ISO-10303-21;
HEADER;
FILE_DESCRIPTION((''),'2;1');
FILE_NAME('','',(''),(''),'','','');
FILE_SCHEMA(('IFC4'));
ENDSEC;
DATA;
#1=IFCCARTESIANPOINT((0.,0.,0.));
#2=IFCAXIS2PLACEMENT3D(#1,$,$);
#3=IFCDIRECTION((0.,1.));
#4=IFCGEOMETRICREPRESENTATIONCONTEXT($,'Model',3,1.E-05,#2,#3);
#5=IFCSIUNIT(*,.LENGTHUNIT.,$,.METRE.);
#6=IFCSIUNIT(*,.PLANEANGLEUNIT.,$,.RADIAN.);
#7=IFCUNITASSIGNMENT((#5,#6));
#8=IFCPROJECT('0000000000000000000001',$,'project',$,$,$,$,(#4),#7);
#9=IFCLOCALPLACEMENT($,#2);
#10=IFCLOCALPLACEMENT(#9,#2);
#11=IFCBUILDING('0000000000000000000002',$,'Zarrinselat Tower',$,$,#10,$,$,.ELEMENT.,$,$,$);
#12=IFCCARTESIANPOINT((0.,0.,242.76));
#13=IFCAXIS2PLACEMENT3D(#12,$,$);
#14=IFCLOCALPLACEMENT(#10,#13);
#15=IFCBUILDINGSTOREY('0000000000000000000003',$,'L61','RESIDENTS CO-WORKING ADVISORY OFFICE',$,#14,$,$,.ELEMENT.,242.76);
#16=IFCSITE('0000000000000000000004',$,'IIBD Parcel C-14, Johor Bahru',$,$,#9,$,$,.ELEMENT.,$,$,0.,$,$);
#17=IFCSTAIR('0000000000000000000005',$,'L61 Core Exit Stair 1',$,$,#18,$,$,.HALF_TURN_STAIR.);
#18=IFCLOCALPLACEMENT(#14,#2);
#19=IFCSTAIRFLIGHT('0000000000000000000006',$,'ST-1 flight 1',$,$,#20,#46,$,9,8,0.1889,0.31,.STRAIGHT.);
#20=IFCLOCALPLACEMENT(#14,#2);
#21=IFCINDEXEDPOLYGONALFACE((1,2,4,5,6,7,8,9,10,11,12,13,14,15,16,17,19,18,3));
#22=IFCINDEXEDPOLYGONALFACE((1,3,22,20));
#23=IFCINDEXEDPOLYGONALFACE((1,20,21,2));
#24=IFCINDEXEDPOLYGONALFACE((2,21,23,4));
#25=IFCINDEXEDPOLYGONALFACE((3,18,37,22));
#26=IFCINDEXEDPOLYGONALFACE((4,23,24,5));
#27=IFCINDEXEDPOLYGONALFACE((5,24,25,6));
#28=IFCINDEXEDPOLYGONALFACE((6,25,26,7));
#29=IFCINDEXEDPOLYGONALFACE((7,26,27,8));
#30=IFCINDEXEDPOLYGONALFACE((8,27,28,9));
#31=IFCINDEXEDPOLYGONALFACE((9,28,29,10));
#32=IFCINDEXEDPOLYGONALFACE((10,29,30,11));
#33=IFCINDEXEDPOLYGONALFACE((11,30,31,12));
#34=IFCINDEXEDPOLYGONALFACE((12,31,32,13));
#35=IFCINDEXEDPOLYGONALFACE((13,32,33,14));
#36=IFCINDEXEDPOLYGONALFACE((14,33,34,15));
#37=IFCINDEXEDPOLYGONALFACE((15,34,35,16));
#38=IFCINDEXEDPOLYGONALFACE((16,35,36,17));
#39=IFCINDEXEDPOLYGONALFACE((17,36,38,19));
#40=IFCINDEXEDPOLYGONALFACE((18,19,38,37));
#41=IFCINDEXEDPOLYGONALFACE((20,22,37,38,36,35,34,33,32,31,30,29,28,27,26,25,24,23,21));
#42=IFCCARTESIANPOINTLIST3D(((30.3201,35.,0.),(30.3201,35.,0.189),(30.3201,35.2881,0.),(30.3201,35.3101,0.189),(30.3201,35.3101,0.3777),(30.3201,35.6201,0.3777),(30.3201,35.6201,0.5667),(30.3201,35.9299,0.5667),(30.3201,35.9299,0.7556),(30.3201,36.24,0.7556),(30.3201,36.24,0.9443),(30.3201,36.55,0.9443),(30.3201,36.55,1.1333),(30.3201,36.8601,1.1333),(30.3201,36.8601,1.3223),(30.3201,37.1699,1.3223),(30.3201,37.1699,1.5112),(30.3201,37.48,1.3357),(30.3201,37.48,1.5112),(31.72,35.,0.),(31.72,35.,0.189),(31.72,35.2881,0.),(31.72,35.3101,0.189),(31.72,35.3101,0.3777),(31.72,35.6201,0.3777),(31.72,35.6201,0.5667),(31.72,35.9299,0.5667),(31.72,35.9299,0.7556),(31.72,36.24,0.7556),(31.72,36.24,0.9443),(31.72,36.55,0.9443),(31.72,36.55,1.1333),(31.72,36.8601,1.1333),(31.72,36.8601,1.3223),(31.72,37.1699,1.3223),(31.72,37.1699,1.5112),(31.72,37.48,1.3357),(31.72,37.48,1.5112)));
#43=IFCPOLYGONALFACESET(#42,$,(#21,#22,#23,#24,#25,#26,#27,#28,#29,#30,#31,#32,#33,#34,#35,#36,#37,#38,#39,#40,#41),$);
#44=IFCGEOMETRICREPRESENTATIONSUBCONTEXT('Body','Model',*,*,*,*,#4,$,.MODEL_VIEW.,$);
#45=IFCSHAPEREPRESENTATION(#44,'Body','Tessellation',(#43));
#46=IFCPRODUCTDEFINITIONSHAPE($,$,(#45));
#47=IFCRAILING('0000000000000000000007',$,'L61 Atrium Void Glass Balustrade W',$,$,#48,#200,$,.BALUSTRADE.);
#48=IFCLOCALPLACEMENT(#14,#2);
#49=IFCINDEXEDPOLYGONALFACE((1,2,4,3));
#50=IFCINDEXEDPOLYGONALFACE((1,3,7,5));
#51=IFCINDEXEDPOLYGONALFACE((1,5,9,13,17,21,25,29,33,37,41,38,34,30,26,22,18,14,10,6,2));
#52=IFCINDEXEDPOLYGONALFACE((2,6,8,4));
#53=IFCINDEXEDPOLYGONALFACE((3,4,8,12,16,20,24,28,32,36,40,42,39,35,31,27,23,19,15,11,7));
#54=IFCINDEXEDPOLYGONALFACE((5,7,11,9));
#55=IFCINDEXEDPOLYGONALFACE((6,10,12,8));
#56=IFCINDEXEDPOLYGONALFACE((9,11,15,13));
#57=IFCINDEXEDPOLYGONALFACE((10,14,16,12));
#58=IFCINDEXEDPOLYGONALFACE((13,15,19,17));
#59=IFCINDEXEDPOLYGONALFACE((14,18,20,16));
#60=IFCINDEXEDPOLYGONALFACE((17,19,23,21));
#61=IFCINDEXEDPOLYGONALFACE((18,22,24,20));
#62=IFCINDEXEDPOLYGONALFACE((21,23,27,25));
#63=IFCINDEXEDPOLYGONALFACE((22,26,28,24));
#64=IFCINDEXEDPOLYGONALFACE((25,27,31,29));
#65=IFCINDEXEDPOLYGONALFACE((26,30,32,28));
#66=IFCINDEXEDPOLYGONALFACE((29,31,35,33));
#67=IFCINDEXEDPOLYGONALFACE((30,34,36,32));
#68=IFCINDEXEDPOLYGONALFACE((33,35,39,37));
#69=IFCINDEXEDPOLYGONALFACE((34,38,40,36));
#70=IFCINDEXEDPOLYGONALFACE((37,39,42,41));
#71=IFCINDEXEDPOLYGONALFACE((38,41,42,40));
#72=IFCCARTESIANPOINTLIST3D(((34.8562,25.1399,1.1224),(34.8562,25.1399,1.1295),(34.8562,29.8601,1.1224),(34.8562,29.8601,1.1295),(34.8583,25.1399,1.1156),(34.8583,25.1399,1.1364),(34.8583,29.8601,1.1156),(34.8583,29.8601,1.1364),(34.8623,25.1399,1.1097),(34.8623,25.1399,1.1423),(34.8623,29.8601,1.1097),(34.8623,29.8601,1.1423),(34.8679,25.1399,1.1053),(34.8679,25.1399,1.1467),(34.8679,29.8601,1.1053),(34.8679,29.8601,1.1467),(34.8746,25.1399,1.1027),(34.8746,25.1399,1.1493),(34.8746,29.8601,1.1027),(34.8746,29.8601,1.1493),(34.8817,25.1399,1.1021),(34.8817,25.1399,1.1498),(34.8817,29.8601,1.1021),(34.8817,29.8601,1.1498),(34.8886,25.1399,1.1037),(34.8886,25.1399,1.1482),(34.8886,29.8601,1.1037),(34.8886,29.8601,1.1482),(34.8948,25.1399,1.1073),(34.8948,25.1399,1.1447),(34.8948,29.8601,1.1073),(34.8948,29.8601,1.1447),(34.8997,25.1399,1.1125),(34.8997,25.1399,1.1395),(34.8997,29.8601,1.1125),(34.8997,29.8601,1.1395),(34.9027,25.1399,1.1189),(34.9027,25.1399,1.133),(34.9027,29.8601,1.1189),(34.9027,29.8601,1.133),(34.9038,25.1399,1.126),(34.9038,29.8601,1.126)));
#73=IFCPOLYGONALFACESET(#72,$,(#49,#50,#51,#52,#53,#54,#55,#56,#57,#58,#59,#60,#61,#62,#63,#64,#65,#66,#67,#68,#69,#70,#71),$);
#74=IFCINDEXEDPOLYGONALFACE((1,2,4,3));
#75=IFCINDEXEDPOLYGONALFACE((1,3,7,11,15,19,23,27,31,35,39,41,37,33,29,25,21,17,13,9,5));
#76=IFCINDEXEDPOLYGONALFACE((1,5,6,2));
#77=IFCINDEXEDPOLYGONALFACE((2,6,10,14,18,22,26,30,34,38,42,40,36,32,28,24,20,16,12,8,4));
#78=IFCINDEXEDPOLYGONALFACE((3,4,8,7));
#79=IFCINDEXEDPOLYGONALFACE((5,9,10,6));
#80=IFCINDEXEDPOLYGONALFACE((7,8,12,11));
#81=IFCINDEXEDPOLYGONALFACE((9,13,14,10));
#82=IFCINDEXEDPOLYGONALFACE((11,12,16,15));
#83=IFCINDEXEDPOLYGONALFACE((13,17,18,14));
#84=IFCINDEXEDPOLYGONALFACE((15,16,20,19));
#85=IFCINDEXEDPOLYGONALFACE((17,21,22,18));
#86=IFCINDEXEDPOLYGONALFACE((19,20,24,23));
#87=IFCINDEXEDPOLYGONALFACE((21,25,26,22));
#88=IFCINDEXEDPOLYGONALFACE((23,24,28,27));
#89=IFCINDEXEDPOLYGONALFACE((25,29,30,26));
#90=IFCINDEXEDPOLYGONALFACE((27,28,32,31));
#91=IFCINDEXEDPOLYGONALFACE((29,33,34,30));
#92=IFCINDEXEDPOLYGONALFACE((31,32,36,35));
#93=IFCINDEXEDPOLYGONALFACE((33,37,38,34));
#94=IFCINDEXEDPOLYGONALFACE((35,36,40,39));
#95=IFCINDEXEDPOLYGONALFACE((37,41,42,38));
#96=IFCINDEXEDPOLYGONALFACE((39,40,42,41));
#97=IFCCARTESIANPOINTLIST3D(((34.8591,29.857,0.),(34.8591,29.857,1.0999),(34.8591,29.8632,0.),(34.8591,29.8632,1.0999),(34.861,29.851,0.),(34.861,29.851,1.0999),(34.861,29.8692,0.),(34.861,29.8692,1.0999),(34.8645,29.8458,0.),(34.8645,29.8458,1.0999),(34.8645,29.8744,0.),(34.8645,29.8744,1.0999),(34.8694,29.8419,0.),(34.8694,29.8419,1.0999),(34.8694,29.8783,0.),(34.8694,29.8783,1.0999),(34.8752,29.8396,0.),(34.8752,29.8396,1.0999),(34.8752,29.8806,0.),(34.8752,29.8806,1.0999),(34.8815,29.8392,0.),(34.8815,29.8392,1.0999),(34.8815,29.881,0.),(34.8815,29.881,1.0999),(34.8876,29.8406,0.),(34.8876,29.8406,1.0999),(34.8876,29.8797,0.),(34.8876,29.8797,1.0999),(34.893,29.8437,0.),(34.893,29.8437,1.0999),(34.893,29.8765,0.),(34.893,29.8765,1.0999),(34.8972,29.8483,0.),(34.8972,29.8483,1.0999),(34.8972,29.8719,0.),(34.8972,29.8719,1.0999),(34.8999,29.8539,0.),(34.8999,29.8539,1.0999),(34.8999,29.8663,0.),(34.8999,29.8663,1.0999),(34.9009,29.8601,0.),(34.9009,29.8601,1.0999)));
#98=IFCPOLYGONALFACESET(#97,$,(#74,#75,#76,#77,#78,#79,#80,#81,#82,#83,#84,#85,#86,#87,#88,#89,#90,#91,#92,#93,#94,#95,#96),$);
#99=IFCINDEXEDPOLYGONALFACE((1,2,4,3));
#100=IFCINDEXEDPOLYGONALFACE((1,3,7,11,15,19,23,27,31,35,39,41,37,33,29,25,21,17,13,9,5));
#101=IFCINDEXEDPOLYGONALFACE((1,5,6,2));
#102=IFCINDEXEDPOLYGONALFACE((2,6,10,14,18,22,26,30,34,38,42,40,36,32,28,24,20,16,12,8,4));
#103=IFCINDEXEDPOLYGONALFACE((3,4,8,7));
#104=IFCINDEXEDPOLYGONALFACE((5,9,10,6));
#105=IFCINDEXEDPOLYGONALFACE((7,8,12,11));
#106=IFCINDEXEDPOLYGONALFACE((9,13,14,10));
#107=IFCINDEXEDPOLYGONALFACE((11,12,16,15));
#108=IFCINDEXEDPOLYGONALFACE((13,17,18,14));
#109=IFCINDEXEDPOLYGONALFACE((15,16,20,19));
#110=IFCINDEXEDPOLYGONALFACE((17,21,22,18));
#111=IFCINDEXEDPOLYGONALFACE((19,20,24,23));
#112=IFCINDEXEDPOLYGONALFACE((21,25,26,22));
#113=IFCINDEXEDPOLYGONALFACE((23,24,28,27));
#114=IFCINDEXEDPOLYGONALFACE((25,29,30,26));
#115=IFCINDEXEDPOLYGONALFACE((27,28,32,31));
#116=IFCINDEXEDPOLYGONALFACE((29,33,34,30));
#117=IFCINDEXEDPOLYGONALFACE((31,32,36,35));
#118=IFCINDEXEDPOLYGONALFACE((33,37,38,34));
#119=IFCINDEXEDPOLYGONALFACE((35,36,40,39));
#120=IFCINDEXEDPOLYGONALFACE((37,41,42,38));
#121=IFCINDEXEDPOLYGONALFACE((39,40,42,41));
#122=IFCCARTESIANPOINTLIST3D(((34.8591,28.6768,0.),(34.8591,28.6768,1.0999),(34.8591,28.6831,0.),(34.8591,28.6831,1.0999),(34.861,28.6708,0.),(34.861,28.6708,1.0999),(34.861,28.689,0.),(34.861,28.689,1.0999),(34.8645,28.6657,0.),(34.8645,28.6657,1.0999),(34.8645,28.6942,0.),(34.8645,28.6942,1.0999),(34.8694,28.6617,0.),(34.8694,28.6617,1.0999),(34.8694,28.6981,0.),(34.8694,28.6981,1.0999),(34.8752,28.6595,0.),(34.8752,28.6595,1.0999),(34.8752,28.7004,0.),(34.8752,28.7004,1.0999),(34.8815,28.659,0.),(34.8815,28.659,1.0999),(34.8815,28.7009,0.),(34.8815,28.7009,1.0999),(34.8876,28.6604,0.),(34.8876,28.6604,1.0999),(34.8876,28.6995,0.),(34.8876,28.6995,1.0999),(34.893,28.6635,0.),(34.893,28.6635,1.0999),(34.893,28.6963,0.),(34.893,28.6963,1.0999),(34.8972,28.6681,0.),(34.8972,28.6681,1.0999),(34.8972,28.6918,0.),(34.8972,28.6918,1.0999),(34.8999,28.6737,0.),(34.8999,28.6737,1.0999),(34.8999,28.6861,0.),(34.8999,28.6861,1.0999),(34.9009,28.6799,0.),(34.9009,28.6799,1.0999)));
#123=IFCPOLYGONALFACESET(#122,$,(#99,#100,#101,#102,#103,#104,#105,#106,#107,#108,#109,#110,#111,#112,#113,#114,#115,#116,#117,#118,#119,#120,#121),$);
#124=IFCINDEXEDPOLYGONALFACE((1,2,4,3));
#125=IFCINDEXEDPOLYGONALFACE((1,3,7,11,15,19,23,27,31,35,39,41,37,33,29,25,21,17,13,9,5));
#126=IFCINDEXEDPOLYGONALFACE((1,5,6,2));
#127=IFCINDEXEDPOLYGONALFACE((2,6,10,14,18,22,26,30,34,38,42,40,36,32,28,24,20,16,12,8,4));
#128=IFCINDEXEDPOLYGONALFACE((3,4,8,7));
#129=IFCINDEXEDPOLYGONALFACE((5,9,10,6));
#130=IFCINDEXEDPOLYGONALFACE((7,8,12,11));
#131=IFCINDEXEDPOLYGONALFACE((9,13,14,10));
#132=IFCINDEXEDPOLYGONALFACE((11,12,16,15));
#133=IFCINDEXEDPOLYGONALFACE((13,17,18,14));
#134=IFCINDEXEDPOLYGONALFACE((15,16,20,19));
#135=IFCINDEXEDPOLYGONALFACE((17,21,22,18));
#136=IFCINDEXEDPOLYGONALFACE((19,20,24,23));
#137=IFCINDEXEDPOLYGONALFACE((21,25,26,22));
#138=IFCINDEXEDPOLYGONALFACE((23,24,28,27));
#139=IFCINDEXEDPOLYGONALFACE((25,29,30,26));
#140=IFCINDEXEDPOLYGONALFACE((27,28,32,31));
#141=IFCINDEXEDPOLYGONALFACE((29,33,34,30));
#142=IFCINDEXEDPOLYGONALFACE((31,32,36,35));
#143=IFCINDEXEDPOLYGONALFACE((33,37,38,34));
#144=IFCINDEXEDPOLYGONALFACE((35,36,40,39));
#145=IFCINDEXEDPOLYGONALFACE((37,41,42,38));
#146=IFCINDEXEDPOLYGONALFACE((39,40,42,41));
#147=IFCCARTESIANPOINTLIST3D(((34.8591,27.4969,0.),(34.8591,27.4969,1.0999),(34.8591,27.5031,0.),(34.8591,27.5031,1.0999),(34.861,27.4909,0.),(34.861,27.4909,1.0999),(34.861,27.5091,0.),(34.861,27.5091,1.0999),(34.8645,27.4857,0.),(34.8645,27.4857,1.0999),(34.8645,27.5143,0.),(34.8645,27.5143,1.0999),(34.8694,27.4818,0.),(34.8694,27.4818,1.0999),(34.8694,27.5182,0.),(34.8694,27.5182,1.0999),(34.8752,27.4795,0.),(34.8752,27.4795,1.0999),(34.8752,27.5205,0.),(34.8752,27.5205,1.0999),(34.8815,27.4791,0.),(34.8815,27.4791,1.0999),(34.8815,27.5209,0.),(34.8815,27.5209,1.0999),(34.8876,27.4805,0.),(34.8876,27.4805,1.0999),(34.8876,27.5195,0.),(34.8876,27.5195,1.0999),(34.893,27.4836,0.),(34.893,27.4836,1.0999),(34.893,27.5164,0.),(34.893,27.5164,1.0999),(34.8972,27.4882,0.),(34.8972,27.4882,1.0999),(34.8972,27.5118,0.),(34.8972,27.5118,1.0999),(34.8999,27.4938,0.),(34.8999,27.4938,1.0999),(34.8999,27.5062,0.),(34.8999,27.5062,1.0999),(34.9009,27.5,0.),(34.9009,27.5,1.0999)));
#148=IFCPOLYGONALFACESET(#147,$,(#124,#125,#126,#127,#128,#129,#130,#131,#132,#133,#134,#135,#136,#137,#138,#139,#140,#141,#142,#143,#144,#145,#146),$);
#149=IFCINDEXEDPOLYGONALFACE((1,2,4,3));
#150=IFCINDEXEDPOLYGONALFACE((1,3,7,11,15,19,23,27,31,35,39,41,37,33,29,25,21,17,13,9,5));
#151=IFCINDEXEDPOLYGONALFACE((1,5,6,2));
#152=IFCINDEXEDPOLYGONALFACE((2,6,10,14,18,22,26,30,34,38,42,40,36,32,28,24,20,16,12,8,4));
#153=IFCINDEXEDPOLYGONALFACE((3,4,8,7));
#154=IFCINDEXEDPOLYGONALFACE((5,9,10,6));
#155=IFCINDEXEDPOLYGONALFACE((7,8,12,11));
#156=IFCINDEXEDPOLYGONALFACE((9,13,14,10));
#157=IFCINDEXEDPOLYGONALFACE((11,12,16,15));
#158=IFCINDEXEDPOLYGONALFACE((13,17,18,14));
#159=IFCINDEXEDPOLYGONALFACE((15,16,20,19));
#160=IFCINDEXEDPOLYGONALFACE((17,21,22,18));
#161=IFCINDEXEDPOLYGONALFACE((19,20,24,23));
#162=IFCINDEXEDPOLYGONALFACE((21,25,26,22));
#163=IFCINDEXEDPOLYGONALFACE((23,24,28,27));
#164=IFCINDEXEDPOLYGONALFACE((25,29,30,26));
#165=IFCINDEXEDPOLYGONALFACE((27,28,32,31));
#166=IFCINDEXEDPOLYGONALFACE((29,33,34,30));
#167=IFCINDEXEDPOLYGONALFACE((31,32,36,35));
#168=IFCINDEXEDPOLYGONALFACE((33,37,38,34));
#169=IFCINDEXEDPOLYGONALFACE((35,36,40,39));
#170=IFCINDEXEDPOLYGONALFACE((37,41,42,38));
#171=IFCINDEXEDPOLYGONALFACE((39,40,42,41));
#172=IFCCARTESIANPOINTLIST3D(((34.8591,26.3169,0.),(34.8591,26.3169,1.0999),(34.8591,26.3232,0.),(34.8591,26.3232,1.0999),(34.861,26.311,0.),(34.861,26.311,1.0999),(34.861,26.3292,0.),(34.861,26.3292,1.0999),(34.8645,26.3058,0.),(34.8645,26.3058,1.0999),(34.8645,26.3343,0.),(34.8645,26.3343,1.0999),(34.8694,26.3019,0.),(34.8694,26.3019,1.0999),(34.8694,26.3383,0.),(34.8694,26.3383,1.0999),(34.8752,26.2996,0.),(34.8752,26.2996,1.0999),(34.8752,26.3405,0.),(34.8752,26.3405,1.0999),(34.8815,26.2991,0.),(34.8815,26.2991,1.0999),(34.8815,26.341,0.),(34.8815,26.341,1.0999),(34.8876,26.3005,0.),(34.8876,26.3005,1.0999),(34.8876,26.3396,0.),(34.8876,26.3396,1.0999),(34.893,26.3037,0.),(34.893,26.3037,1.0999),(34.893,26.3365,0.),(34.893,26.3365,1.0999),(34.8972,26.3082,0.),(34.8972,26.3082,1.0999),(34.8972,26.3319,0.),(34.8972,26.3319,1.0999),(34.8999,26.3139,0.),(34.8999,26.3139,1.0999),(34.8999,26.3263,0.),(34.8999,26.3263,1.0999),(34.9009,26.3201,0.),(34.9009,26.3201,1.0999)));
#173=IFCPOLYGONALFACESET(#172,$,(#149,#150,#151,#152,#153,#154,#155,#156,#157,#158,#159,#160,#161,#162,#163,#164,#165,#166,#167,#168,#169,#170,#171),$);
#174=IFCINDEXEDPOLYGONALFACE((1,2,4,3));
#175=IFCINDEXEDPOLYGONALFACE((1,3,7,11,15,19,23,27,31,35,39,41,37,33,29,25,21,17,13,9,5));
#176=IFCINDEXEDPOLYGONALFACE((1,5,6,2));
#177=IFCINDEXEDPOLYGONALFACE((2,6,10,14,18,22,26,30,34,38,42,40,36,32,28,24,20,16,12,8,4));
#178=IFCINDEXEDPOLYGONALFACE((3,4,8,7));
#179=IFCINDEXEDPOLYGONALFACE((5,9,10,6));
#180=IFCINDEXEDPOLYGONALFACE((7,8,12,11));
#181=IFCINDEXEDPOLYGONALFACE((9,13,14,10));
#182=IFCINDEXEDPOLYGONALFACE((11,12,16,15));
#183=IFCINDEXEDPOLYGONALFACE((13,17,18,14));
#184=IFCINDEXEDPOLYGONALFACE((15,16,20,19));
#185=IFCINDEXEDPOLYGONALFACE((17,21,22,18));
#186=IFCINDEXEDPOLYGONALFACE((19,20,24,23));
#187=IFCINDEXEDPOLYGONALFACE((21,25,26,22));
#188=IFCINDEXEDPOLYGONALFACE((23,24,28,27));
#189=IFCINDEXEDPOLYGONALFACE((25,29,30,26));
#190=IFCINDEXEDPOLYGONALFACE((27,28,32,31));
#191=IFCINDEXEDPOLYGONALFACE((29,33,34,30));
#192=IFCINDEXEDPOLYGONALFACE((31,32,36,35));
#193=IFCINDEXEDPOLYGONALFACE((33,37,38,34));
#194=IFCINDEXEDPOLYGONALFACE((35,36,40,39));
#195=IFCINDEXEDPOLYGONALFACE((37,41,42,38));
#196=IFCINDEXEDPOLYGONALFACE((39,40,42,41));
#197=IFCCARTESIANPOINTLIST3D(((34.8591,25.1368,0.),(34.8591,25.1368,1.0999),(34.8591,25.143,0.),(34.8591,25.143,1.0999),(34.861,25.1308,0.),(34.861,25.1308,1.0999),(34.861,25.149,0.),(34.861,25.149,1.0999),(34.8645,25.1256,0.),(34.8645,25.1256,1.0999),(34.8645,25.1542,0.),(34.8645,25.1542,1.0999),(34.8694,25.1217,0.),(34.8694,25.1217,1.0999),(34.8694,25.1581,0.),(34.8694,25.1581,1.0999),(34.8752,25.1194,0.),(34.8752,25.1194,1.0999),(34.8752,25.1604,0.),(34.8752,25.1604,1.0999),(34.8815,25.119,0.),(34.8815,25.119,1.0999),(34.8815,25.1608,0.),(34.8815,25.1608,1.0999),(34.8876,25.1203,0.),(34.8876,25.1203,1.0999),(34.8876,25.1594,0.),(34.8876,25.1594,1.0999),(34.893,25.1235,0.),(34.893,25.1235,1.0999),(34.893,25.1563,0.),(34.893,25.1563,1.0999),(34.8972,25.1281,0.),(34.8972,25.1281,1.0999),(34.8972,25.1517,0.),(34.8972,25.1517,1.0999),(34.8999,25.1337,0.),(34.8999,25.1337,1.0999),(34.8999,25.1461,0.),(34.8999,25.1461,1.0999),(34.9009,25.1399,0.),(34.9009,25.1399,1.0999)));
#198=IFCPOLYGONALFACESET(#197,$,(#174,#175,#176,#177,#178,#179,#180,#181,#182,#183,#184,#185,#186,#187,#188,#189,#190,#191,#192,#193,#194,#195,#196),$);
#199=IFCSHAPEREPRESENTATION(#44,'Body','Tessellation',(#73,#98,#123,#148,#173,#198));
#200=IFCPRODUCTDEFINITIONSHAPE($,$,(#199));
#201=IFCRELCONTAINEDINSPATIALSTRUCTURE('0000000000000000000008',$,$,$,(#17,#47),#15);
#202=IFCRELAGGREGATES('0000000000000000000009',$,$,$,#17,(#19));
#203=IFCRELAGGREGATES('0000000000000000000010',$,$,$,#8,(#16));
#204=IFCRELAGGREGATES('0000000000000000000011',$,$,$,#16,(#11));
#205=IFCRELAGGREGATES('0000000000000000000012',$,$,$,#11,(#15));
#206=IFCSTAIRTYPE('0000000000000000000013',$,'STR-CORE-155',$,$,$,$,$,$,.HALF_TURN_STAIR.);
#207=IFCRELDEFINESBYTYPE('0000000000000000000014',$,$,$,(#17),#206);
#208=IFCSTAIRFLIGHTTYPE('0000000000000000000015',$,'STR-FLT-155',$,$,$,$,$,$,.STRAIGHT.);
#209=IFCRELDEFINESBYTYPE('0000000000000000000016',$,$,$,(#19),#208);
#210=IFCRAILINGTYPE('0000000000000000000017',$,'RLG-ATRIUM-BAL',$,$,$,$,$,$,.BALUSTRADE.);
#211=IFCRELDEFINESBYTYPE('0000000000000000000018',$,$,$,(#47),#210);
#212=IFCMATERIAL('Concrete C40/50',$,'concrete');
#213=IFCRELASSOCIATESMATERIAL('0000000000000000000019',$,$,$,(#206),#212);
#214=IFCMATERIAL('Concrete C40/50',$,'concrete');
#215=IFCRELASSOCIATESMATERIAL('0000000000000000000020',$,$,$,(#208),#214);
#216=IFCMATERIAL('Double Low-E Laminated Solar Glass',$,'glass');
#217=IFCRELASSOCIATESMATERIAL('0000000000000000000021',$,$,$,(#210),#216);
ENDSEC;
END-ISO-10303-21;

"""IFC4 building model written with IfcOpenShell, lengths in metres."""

from ifc_helpers import new_model, si_unit, direction, frame, origin, origin_2d, place, context, subcontext, project, spatial, polyline, circle, outline, extrude, material, type_object, element, aggregate, save


model = new_model("IFC4")

# Units and contexts
model_context = context("Model", 3, precision=1e-05, world=origin(), true_north=direction((0.0, 1.0)))
body_context = subcontext(model_context, "Body", "Model", "MODEL_VIEW")
ifc_project = project(units=[si_unit("LENGTHUNIT", "METRE"), si_unit("PLANEANGLEUNIT", "RADIAN")], contexts=[model_context])

# Site, building, storey
site_placement = place(None, origin())
site = spatial("IfcSite", under=ifc_project, at=site_placement, Name="IIBD Parcel C-14, Johor Bahru", CompositionType="ELEMENT", RefElevation=0.0)
building_placement = place(site_placement, origin())
building = spatial("IfcBuilding", under=site, at=building_placement, Name="Zarrinselat Tower", CompositionType="ELEMENT")
storey_placement = place(building_placement, frame((0.0, 0.0, 242.76)))
storey = spatial("IfcBuildingStorey", under=building, at=storey_placement, Name="L61", Description="RESIDENTS CO-WORKING ADVISORY OFFICE", CompositionType="ELEMENT", Elevation=242.76)

# Stair, stair flight
ifc_material_1 = material(Name="Concrete C40/50", Category="concrete")
stair_type = type_object("IfcStairType", Name="STR-CORE-155", PredefinedType="HALF_TURN_STAIR", material=ifc_material_1)
stair_placement = place(storey_placement, origin())
stair = element("IfcStair", 1, at=stair_placement, inside=storey, type_object=stair_type, Name="L61 Core Exit Stair 1", PredefinedType="HALF_TURN_STAIR")
ifc_material_2 = material(Name="Concrete C40/50", Category="concrete")
stair_flight_type = type_object("IfcStairFlightType", Name="STR-FLT-155", PredefinedType="STRAIGHT", material=ifc_material_2)
stair_flight_placement = place(storey_placement, frame((31.02, 35.0, 0.0), z_axis=(0.0, 0.0, 1.0), x_axis=(0.0, 1.0, 0.0)))
stair_flight = element("IfcStairFlight", 2, at=stair_flight_placement, type_object=stair_flight_type, Name="ST-1 flight 1", NumberOfRisers=9, NumberOfTreads=8, PredefinedType="STRAIGHT", RiserHeight=0.1889, TreadLength=0.31, context=body_context, shape_type="SweptSolid", body=[
    extrude(outline(polyline([(0.0, 0.0), (0.0, 0.189), (0.3101, 0.189), (0.3101, 0.3777), (0.6201, 0.3777), (0.6201, 0.5667), (0.9299, 0.5667), (0.9299, 0.7556), (1.24, 0.7556), (1.24, 0.9443), (1.55, 0.9443), (1.55, 1.1333), (1.8601, 1.1333), (1.8601, 1.3223), (2.1699, 1.3223), (2.1699, 1.5112), (2.48, 1.5112), (2.48, 1.7), (2.48, 1.3357), (0.2881, 0.0), (0.0, 0.0)])), frame((0.0, 0.7, 0.0), z_axis=(0.0, -1.0, 0.0), x_axis=(1.0, 0.0, 0.0)), (0.0, 0.0, 1.0), 1.3999),
])
aggregate(stair, [stair_flight])

# Railing
ifc_material_3 = material(Name="Double Low-E Laminated Solar Glass", Category="glass")
railing_type_1 = type_object("IfcRailingType", Name="RLG-ATRIUM-BAL", PredefinedType="BALUSTRADE", material=ifc_material_3)
railing_1_placement = place(storey_placement, frame((34.8799, 29.8601, 0.0)))
element("IfcRailing", 3, at=railing_1_placement, inside=storey, type_object=railing_type_1, Name="L61 Atrium Void Glass Balustrade W", PredefinedType="BALUSTRADE", context=body_context, shape_type="SweptSolid", body=[
    extrude(circle(Radius=0.0239, at=origin_2d()), frame((0.0, 0.0, 1.126), z_axis=(0.0, -1.0, 0.0), x_axis=(1.0, 0.0, 0.0)), (0.0, 0.0, 1.0), 4.7202),
    extrude(circle(Radius=0.021, at=origin_2d()), origin(), (0.0, 0.0, 1.0), 1.0999),
    extrude(circle(Radius=0.021, at=origin_2d()), frame((0.0, -1.1802, 0.0)), (0.0, 0.0, 1.0), 1.0999),
    extrude(circle(Radius=0.021, at=origin_2d()), frame((0.0, -2.3601, 0.0)), (0.0, 0.0, 1.0), 1.0999),
    extrude(circle(Radius=0.021, at=origin_2d()), frame((0.0, -3.54, 0.0)), (0.0, 0.0, 1.0), 1.0999),
    extrude(circle(Radius=0.021, at=origin_2d()), frame((0.0, -4.7202, 0.0)), (0.0, 0.0, 1.0), 1.0999),
])

save(model, "model.ifc")
